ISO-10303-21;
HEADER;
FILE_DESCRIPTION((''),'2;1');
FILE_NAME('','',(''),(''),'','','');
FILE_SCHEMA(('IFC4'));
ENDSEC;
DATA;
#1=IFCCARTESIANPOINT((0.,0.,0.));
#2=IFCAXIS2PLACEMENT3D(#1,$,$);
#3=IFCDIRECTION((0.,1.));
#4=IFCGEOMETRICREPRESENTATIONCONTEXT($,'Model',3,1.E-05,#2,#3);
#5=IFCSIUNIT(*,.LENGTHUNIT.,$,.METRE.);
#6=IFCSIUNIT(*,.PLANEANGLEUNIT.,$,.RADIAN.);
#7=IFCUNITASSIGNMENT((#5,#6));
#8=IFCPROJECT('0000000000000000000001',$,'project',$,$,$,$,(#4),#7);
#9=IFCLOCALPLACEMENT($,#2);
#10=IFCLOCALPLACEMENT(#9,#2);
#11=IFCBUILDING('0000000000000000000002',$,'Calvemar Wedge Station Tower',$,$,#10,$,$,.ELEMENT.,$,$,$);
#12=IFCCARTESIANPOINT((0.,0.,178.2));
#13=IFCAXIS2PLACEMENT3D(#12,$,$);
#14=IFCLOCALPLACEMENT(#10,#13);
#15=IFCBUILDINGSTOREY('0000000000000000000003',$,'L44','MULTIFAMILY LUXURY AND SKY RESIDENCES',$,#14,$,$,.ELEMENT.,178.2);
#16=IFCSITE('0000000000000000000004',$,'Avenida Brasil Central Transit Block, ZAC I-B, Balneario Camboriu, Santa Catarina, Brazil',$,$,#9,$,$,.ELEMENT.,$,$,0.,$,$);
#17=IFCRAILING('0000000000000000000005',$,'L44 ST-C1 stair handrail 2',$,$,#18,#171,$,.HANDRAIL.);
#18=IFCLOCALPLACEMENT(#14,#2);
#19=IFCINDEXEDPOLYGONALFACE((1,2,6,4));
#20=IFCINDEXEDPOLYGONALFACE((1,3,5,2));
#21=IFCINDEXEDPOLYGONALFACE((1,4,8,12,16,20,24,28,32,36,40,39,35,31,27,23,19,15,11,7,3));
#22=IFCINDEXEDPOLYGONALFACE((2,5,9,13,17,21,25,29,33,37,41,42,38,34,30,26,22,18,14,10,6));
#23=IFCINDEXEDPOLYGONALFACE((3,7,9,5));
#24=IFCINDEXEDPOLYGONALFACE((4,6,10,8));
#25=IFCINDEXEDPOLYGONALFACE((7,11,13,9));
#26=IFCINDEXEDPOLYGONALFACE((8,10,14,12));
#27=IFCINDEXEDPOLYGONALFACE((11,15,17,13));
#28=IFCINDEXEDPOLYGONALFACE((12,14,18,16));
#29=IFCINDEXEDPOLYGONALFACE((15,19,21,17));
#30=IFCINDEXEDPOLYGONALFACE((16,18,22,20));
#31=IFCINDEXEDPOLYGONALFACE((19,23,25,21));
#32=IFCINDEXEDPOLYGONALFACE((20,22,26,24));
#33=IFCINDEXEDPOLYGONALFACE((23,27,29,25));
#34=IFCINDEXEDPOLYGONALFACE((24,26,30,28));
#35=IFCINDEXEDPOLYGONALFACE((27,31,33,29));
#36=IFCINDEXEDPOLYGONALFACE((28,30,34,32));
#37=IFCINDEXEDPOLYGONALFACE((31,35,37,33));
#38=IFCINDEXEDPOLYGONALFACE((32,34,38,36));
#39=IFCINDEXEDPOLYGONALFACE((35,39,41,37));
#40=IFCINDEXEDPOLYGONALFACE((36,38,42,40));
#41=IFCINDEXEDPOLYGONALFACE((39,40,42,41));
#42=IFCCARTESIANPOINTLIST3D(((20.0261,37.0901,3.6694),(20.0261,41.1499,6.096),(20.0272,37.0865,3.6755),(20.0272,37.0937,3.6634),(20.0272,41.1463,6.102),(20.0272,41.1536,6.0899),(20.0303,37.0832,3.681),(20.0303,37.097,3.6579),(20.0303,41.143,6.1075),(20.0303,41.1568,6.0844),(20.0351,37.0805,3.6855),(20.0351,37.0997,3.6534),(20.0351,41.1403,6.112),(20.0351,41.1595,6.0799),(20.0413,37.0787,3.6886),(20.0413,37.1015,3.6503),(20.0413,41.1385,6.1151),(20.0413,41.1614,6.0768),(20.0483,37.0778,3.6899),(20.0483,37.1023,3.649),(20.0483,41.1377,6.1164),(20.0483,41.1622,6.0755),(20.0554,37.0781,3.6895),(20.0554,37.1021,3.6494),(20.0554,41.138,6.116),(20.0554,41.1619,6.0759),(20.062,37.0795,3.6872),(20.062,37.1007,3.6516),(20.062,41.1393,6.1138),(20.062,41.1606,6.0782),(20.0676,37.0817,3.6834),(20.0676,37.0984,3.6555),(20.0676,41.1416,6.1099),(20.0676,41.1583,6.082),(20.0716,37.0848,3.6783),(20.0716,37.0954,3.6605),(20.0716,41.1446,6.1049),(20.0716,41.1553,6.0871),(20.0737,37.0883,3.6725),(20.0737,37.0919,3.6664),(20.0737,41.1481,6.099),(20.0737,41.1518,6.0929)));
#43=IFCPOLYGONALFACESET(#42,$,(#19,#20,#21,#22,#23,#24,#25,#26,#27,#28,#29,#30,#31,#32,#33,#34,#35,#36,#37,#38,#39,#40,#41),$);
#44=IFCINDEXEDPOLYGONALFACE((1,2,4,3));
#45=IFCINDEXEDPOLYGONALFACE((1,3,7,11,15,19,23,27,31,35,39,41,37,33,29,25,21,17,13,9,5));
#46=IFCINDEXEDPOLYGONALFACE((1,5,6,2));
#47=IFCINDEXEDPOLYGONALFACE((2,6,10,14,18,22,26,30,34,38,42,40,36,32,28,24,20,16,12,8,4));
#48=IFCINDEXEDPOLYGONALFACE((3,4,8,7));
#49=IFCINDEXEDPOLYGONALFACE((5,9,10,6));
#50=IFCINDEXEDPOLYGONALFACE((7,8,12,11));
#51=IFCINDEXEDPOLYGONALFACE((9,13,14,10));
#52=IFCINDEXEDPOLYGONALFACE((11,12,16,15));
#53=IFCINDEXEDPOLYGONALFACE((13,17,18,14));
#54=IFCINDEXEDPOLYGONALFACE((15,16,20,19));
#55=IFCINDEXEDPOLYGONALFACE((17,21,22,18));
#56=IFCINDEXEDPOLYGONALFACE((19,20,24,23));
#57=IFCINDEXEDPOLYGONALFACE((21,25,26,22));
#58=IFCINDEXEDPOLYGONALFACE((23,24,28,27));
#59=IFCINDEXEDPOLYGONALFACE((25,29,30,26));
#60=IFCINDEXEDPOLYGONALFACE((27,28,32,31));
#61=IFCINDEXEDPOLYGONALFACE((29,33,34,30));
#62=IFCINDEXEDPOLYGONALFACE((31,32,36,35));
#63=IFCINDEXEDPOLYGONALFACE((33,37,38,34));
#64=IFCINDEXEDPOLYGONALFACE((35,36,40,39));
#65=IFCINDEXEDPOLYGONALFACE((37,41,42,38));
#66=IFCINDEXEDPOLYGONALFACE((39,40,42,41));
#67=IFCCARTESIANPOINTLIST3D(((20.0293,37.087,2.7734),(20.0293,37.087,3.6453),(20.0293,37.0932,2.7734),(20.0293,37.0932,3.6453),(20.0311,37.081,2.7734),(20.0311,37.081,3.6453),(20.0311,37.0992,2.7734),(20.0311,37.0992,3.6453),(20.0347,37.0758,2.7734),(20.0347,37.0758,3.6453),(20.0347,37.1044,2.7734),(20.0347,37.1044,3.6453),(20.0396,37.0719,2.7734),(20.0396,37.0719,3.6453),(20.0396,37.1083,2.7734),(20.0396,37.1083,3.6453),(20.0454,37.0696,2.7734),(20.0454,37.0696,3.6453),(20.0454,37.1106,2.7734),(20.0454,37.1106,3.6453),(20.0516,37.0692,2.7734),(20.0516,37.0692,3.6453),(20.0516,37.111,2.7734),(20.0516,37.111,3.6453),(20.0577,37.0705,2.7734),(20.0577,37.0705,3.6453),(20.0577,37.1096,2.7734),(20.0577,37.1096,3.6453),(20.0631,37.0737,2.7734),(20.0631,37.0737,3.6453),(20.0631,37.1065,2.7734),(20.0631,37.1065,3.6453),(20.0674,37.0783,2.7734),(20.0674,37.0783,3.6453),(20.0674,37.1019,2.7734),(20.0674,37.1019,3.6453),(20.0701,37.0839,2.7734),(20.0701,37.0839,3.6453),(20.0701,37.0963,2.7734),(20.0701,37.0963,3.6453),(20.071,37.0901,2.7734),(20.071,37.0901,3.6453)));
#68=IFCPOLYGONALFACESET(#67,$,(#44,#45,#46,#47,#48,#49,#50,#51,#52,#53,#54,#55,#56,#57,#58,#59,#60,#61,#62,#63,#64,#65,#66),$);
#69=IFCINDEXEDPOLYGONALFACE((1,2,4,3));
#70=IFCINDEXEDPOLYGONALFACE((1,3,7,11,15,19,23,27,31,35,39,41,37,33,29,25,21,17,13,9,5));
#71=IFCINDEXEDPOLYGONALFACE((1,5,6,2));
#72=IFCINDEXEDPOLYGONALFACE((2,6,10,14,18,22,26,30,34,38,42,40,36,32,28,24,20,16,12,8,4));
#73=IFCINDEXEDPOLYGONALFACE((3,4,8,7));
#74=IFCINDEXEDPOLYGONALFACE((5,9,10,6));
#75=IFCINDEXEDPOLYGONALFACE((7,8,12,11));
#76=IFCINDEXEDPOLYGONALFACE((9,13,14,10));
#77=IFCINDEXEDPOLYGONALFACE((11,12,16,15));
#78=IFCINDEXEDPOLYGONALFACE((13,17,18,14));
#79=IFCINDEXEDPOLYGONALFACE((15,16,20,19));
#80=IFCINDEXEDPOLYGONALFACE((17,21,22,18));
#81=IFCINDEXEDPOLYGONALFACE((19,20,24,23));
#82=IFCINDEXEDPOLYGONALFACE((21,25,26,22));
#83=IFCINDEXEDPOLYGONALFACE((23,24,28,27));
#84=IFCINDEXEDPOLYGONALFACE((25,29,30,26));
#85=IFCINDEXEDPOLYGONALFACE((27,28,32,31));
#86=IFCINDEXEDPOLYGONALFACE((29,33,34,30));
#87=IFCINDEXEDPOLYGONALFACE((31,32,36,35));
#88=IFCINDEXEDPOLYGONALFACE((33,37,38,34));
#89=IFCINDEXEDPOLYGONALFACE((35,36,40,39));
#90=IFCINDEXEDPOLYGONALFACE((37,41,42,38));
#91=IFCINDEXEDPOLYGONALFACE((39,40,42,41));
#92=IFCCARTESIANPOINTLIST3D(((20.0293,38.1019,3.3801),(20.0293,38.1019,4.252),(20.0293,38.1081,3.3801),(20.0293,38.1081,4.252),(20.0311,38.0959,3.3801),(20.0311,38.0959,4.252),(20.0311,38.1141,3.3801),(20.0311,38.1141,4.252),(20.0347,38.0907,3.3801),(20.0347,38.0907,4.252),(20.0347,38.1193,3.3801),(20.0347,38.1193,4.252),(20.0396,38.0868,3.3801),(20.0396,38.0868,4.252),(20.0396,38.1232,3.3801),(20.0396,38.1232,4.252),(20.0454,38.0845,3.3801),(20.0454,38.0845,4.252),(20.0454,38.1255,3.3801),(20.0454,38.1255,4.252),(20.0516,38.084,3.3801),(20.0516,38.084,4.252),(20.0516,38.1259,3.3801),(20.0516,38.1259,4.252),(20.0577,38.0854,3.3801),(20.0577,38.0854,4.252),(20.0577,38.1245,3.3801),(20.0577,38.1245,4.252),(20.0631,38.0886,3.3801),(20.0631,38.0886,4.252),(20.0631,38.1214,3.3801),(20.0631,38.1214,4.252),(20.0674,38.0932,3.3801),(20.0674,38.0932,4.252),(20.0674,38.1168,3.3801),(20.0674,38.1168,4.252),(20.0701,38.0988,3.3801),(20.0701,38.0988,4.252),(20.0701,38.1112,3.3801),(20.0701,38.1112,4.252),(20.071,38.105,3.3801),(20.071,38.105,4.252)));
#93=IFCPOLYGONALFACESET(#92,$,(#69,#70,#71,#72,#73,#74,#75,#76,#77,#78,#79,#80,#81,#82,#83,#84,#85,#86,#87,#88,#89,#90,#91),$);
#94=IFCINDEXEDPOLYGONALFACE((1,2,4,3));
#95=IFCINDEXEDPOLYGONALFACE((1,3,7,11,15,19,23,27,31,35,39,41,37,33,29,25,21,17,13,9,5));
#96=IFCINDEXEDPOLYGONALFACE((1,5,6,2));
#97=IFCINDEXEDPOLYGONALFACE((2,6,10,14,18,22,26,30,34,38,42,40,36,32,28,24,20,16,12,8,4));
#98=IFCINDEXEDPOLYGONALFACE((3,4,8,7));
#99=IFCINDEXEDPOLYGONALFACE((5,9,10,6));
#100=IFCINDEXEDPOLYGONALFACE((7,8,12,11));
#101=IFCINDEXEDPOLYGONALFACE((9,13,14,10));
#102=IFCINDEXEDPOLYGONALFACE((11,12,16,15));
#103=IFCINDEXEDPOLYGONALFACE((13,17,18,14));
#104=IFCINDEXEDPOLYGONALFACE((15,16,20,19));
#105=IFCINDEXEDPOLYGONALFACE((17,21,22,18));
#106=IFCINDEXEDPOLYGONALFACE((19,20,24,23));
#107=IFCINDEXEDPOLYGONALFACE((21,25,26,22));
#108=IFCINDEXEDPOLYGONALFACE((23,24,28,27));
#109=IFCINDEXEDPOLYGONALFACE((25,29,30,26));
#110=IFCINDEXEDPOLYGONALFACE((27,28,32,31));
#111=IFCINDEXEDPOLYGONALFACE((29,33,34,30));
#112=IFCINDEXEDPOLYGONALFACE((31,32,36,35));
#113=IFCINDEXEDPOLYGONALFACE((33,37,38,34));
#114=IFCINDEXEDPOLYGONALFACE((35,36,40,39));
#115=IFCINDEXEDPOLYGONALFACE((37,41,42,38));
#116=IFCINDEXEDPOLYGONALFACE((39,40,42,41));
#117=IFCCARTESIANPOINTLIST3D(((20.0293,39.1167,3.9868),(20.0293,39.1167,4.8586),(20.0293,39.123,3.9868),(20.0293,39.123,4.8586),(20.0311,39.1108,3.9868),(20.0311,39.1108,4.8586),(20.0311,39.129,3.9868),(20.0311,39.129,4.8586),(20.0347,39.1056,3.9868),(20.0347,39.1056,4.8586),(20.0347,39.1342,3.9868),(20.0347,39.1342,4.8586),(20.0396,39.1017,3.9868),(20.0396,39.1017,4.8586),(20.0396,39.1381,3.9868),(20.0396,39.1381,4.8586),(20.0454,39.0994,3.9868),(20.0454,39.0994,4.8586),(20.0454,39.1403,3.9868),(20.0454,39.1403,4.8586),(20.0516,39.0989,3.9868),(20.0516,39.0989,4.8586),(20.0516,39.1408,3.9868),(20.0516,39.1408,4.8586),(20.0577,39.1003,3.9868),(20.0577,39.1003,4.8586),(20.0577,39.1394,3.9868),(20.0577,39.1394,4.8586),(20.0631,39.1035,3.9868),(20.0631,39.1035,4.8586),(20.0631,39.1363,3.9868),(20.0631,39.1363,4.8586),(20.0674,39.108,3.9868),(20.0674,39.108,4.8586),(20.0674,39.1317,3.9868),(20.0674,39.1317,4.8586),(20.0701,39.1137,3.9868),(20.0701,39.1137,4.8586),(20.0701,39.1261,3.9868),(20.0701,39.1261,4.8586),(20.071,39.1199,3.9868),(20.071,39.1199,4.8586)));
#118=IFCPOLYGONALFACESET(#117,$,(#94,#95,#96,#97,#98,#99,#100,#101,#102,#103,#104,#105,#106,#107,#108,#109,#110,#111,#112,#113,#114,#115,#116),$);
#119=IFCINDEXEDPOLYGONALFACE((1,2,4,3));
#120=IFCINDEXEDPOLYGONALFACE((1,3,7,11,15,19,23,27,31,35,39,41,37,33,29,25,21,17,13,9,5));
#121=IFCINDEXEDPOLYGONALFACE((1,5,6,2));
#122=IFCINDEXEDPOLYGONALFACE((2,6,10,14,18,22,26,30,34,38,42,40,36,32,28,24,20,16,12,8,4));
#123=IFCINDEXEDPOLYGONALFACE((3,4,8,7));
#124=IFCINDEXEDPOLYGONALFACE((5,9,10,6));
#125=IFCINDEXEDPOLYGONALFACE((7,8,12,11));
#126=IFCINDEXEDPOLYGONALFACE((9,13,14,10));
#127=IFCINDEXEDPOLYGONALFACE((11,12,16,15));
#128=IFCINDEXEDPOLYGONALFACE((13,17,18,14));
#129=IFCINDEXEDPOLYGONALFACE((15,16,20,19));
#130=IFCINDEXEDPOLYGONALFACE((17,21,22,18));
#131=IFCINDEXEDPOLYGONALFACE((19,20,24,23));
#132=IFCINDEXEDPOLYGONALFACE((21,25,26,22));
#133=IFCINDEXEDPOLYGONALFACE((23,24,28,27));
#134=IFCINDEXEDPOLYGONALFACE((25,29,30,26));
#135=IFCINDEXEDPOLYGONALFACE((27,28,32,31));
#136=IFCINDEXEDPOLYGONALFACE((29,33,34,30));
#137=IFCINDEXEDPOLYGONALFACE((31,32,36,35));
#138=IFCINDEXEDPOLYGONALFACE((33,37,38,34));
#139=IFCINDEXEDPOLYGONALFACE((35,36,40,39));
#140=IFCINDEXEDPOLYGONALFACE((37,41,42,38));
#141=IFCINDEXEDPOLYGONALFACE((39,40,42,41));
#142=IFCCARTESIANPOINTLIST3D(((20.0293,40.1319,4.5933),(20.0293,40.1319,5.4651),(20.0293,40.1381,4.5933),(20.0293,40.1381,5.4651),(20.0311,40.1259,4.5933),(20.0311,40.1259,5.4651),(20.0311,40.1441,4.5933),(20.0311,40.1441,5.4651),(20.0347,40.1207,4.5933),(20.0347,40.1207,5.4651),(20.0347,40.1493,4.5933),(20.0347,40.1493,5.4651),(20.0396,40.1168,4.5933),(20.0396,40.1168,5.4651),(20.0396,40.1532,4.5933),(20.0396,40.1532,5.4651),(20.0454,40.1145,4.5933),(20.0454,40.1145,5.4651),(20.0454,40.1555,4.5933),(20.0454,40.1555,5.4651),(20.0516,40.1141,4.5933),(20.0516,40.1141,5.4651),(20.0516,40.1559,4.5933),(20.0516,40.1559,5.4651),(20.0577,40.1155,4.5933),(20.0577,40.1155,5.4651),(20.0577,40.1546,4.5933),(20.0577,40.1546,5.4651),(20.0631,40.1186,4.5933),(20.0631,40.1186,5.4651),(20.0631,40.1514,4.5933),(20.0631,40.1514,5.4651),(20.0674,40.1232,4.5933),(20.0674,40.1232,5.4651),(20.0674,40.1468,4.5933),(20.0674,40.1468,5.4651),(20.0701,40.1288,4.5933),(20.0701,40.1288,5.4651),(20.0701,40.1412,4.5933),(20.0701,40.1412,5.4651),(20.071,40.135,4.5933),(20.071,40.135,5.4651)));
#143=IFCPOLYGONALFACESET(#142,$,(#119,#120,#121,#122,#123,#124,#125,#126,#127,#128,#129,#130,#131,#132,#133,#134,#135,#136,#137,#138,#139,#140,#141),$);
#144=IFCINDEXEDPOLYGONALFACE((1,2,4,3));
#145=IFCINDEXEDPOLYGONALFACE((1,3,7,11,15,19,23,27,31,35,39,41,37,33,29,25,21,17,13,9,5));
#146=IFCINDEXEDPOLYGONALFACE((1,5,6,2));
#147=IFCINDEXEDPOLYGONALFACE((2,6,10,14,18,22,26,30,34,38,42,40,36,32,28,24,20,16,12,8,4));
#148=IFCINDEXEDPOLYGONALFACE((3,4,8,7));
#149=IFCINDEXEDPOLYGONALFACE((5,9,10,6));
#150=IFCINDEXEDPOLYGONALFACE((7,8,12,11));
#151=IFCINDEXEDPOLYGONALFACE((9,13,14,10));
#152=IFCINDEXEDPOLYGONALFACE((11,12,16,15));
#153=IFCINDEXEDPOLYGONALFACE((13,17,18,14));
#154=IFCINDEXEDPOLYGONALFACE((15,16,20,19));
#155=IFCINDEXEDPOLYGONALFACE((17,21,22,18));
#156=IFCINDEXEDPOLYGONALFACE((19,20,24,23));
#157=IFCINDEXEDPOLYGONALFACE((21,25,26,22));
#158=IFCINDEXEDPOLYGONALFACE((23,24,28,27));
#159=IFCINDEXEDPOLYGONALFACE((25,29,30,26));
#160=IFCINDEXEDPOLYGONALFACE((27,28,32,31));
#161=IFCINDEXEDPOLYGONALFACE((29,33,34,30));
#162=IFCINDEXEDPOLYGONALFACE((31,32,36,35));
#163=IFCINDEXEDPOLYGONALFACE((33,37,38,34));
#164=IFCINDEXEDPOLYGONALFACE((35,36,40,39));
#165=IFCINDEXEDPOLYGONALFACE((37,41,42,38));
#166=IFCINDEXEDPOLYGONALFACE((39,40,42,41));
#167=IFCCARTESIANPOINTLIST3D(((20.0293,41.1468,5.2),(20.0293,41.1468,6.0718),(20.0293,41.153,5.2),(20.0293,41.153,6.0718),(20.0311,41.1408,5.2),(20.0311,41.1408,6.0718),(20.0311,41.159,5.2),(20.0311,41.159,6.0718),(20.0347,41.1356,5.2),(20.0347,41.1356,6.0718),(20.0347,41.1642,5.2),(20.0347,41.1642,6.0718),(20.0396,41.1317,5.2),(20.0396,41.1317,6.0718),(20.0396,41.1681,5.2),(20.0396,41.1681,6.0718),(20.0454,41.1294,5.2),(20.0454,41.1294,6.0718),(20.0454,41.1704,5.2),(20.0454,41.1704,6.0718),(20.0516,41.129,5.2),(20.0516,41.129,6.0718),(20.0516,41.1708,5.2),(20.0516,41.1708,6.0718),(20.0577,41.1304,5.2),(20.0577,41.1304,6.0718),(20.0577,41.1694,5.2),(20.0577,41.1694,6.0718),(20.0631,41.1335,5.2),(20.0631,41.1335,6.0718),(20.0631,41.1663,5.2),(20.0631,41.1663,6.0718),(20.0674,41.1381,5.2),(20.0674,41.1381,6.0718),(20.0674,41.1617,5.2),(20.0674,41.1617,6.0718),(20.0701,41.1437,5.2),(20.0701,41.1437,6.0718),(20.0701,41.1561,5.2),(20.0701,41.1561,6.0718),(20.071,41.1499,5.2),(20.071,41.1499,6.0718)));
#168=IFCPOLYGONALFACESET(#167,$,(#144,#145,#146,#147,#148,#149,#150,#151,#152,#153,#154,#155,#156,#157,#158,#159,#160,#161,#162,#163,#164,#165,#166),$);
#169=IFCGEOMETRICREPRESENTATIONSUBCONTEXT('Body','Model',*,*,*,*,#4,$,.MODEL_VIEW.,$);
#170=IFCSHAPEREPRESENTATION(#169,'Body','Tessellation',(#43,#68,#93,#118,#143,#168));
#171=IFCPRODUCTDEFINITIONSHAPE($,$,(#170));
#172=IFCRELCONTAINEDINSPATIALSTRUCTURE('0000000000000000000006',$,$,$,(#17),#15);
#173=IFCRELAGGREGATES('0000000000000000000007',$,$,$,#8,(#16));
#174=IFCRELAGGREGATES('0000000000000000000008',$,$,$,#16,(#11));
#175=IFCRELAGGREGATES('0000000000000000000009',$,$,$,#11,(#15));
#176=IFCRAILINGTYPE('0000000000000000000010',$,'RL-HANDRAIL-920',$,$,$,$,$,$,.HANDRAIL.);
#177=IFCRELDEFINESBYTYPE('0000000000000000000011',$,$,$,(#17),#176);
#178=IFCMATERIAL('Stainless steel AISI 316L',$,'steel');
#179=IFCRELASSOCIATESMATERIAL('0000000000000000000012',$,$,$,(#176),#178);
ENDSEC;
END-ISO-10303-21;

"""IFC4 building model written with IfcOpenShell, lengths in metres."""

from ifc_helpers import new_model, si_unit, direction, frame, origin, origin_2d, place, context, subcontext, project, spatial, circle, extrude, material, type_object, element, save


model = new_model("IFC4")

# Units and contexts
model_context = context("Model", 3, precision=1e-05, world=origin(), true_north=direction((0.0, 1.0)))
body_context = subcontext(model_context, "Body", "Model", "MODEL_VIEW")
ifc_project = project(units=[si_unit("LENGTHUNIT", "METRE"), si_unit("PLANEANGLEUNIT", "RADIAN")], contexts=[model_context])

# Site, building, storey
site_placement = place(None, origin())
site = spatial("IfcSite", under=ifc_project, at=site_placement, Name="Avenida Brasil Central Transit Block, ZAC I-B, Balneario Camboriu, Santa Catarina, Brazil", CompositionType="ELEMENT", RefElevation=0.0)
building_placement = place(site_placement, origin())
building = spatial("IfcBuilding", under=site, at=building_placement, Name="Calvemar Wedge Station Tower", CompositionType="ELEMENT")
storey_placement = place(building_placement, frame((0.0, 0.0, 178.2)))
storey = spatial("IfcBuildingStorey", under=building, at=storey_placement, Name="L44", Description="MULTIFAMILY LUXURY AND SKY RESIDENCES", CompositionType="ELEMENT", Elevation=178.2)

# Railing
ifc_material_1 = material(Name="Stainless steel AISI 316L", Category="steel")
railing_type_1 = type_object("IfcRailingType", Name="RL-HANDRAIL-920", PredefinedType="HANDRAIL", material=ifc_material_1)
railing_1_placement = place(storey_placement, frame((20.05, 37.0901, 2.7734)))
element("IfcRailing", 1, at=railing_1_placement, inside=storey, type_object=railing_type_1, Name="L44 ST-C1 stair handrail 2", PredefinedType="HANDRAIL", context=body_context, shape_type="SweptSolid", body=[
    extrude(circle(Radius=0.0239, at=origin_2d()), frame((0.0, 0.0, 0.896), z_axis=(0.0, 0.858366, 0.513038), x_axis=(-1.0, 0.0, 0.0)), (0.0, 0.0, 1.0), 4.7297),
    extrude(circle(Radius=0.021, at=origin_2d()), origin(), (0.0, 0.0, 1.0), 0.8718),
    extrude(circle(Radius=0.021, at=origin_2d()), frame((0.0, 1.0149, 0.6067)), (0.0, 0.0, 1.0), 0.8718),
    extrude(circle(Radius=0.021, at=origin_2d()), frame((0.0, 2.0298, 1.2134)), (0.0, 0.0, 1.0), 0.8718),
    extrude(circle(Radius=0.021, at=origin_2d()), frame((0.0, 3.0449, 1.8198)), (0.0, 0.0, 1.0), 0.8718),
    extrude(circle(Radius=0.021, at=origin_2d()), frame((0.0, 4.0598, 2.4265)), (0.0, 0.0, 1.0), 0.8718),
])

save(model, "model.ifc")
